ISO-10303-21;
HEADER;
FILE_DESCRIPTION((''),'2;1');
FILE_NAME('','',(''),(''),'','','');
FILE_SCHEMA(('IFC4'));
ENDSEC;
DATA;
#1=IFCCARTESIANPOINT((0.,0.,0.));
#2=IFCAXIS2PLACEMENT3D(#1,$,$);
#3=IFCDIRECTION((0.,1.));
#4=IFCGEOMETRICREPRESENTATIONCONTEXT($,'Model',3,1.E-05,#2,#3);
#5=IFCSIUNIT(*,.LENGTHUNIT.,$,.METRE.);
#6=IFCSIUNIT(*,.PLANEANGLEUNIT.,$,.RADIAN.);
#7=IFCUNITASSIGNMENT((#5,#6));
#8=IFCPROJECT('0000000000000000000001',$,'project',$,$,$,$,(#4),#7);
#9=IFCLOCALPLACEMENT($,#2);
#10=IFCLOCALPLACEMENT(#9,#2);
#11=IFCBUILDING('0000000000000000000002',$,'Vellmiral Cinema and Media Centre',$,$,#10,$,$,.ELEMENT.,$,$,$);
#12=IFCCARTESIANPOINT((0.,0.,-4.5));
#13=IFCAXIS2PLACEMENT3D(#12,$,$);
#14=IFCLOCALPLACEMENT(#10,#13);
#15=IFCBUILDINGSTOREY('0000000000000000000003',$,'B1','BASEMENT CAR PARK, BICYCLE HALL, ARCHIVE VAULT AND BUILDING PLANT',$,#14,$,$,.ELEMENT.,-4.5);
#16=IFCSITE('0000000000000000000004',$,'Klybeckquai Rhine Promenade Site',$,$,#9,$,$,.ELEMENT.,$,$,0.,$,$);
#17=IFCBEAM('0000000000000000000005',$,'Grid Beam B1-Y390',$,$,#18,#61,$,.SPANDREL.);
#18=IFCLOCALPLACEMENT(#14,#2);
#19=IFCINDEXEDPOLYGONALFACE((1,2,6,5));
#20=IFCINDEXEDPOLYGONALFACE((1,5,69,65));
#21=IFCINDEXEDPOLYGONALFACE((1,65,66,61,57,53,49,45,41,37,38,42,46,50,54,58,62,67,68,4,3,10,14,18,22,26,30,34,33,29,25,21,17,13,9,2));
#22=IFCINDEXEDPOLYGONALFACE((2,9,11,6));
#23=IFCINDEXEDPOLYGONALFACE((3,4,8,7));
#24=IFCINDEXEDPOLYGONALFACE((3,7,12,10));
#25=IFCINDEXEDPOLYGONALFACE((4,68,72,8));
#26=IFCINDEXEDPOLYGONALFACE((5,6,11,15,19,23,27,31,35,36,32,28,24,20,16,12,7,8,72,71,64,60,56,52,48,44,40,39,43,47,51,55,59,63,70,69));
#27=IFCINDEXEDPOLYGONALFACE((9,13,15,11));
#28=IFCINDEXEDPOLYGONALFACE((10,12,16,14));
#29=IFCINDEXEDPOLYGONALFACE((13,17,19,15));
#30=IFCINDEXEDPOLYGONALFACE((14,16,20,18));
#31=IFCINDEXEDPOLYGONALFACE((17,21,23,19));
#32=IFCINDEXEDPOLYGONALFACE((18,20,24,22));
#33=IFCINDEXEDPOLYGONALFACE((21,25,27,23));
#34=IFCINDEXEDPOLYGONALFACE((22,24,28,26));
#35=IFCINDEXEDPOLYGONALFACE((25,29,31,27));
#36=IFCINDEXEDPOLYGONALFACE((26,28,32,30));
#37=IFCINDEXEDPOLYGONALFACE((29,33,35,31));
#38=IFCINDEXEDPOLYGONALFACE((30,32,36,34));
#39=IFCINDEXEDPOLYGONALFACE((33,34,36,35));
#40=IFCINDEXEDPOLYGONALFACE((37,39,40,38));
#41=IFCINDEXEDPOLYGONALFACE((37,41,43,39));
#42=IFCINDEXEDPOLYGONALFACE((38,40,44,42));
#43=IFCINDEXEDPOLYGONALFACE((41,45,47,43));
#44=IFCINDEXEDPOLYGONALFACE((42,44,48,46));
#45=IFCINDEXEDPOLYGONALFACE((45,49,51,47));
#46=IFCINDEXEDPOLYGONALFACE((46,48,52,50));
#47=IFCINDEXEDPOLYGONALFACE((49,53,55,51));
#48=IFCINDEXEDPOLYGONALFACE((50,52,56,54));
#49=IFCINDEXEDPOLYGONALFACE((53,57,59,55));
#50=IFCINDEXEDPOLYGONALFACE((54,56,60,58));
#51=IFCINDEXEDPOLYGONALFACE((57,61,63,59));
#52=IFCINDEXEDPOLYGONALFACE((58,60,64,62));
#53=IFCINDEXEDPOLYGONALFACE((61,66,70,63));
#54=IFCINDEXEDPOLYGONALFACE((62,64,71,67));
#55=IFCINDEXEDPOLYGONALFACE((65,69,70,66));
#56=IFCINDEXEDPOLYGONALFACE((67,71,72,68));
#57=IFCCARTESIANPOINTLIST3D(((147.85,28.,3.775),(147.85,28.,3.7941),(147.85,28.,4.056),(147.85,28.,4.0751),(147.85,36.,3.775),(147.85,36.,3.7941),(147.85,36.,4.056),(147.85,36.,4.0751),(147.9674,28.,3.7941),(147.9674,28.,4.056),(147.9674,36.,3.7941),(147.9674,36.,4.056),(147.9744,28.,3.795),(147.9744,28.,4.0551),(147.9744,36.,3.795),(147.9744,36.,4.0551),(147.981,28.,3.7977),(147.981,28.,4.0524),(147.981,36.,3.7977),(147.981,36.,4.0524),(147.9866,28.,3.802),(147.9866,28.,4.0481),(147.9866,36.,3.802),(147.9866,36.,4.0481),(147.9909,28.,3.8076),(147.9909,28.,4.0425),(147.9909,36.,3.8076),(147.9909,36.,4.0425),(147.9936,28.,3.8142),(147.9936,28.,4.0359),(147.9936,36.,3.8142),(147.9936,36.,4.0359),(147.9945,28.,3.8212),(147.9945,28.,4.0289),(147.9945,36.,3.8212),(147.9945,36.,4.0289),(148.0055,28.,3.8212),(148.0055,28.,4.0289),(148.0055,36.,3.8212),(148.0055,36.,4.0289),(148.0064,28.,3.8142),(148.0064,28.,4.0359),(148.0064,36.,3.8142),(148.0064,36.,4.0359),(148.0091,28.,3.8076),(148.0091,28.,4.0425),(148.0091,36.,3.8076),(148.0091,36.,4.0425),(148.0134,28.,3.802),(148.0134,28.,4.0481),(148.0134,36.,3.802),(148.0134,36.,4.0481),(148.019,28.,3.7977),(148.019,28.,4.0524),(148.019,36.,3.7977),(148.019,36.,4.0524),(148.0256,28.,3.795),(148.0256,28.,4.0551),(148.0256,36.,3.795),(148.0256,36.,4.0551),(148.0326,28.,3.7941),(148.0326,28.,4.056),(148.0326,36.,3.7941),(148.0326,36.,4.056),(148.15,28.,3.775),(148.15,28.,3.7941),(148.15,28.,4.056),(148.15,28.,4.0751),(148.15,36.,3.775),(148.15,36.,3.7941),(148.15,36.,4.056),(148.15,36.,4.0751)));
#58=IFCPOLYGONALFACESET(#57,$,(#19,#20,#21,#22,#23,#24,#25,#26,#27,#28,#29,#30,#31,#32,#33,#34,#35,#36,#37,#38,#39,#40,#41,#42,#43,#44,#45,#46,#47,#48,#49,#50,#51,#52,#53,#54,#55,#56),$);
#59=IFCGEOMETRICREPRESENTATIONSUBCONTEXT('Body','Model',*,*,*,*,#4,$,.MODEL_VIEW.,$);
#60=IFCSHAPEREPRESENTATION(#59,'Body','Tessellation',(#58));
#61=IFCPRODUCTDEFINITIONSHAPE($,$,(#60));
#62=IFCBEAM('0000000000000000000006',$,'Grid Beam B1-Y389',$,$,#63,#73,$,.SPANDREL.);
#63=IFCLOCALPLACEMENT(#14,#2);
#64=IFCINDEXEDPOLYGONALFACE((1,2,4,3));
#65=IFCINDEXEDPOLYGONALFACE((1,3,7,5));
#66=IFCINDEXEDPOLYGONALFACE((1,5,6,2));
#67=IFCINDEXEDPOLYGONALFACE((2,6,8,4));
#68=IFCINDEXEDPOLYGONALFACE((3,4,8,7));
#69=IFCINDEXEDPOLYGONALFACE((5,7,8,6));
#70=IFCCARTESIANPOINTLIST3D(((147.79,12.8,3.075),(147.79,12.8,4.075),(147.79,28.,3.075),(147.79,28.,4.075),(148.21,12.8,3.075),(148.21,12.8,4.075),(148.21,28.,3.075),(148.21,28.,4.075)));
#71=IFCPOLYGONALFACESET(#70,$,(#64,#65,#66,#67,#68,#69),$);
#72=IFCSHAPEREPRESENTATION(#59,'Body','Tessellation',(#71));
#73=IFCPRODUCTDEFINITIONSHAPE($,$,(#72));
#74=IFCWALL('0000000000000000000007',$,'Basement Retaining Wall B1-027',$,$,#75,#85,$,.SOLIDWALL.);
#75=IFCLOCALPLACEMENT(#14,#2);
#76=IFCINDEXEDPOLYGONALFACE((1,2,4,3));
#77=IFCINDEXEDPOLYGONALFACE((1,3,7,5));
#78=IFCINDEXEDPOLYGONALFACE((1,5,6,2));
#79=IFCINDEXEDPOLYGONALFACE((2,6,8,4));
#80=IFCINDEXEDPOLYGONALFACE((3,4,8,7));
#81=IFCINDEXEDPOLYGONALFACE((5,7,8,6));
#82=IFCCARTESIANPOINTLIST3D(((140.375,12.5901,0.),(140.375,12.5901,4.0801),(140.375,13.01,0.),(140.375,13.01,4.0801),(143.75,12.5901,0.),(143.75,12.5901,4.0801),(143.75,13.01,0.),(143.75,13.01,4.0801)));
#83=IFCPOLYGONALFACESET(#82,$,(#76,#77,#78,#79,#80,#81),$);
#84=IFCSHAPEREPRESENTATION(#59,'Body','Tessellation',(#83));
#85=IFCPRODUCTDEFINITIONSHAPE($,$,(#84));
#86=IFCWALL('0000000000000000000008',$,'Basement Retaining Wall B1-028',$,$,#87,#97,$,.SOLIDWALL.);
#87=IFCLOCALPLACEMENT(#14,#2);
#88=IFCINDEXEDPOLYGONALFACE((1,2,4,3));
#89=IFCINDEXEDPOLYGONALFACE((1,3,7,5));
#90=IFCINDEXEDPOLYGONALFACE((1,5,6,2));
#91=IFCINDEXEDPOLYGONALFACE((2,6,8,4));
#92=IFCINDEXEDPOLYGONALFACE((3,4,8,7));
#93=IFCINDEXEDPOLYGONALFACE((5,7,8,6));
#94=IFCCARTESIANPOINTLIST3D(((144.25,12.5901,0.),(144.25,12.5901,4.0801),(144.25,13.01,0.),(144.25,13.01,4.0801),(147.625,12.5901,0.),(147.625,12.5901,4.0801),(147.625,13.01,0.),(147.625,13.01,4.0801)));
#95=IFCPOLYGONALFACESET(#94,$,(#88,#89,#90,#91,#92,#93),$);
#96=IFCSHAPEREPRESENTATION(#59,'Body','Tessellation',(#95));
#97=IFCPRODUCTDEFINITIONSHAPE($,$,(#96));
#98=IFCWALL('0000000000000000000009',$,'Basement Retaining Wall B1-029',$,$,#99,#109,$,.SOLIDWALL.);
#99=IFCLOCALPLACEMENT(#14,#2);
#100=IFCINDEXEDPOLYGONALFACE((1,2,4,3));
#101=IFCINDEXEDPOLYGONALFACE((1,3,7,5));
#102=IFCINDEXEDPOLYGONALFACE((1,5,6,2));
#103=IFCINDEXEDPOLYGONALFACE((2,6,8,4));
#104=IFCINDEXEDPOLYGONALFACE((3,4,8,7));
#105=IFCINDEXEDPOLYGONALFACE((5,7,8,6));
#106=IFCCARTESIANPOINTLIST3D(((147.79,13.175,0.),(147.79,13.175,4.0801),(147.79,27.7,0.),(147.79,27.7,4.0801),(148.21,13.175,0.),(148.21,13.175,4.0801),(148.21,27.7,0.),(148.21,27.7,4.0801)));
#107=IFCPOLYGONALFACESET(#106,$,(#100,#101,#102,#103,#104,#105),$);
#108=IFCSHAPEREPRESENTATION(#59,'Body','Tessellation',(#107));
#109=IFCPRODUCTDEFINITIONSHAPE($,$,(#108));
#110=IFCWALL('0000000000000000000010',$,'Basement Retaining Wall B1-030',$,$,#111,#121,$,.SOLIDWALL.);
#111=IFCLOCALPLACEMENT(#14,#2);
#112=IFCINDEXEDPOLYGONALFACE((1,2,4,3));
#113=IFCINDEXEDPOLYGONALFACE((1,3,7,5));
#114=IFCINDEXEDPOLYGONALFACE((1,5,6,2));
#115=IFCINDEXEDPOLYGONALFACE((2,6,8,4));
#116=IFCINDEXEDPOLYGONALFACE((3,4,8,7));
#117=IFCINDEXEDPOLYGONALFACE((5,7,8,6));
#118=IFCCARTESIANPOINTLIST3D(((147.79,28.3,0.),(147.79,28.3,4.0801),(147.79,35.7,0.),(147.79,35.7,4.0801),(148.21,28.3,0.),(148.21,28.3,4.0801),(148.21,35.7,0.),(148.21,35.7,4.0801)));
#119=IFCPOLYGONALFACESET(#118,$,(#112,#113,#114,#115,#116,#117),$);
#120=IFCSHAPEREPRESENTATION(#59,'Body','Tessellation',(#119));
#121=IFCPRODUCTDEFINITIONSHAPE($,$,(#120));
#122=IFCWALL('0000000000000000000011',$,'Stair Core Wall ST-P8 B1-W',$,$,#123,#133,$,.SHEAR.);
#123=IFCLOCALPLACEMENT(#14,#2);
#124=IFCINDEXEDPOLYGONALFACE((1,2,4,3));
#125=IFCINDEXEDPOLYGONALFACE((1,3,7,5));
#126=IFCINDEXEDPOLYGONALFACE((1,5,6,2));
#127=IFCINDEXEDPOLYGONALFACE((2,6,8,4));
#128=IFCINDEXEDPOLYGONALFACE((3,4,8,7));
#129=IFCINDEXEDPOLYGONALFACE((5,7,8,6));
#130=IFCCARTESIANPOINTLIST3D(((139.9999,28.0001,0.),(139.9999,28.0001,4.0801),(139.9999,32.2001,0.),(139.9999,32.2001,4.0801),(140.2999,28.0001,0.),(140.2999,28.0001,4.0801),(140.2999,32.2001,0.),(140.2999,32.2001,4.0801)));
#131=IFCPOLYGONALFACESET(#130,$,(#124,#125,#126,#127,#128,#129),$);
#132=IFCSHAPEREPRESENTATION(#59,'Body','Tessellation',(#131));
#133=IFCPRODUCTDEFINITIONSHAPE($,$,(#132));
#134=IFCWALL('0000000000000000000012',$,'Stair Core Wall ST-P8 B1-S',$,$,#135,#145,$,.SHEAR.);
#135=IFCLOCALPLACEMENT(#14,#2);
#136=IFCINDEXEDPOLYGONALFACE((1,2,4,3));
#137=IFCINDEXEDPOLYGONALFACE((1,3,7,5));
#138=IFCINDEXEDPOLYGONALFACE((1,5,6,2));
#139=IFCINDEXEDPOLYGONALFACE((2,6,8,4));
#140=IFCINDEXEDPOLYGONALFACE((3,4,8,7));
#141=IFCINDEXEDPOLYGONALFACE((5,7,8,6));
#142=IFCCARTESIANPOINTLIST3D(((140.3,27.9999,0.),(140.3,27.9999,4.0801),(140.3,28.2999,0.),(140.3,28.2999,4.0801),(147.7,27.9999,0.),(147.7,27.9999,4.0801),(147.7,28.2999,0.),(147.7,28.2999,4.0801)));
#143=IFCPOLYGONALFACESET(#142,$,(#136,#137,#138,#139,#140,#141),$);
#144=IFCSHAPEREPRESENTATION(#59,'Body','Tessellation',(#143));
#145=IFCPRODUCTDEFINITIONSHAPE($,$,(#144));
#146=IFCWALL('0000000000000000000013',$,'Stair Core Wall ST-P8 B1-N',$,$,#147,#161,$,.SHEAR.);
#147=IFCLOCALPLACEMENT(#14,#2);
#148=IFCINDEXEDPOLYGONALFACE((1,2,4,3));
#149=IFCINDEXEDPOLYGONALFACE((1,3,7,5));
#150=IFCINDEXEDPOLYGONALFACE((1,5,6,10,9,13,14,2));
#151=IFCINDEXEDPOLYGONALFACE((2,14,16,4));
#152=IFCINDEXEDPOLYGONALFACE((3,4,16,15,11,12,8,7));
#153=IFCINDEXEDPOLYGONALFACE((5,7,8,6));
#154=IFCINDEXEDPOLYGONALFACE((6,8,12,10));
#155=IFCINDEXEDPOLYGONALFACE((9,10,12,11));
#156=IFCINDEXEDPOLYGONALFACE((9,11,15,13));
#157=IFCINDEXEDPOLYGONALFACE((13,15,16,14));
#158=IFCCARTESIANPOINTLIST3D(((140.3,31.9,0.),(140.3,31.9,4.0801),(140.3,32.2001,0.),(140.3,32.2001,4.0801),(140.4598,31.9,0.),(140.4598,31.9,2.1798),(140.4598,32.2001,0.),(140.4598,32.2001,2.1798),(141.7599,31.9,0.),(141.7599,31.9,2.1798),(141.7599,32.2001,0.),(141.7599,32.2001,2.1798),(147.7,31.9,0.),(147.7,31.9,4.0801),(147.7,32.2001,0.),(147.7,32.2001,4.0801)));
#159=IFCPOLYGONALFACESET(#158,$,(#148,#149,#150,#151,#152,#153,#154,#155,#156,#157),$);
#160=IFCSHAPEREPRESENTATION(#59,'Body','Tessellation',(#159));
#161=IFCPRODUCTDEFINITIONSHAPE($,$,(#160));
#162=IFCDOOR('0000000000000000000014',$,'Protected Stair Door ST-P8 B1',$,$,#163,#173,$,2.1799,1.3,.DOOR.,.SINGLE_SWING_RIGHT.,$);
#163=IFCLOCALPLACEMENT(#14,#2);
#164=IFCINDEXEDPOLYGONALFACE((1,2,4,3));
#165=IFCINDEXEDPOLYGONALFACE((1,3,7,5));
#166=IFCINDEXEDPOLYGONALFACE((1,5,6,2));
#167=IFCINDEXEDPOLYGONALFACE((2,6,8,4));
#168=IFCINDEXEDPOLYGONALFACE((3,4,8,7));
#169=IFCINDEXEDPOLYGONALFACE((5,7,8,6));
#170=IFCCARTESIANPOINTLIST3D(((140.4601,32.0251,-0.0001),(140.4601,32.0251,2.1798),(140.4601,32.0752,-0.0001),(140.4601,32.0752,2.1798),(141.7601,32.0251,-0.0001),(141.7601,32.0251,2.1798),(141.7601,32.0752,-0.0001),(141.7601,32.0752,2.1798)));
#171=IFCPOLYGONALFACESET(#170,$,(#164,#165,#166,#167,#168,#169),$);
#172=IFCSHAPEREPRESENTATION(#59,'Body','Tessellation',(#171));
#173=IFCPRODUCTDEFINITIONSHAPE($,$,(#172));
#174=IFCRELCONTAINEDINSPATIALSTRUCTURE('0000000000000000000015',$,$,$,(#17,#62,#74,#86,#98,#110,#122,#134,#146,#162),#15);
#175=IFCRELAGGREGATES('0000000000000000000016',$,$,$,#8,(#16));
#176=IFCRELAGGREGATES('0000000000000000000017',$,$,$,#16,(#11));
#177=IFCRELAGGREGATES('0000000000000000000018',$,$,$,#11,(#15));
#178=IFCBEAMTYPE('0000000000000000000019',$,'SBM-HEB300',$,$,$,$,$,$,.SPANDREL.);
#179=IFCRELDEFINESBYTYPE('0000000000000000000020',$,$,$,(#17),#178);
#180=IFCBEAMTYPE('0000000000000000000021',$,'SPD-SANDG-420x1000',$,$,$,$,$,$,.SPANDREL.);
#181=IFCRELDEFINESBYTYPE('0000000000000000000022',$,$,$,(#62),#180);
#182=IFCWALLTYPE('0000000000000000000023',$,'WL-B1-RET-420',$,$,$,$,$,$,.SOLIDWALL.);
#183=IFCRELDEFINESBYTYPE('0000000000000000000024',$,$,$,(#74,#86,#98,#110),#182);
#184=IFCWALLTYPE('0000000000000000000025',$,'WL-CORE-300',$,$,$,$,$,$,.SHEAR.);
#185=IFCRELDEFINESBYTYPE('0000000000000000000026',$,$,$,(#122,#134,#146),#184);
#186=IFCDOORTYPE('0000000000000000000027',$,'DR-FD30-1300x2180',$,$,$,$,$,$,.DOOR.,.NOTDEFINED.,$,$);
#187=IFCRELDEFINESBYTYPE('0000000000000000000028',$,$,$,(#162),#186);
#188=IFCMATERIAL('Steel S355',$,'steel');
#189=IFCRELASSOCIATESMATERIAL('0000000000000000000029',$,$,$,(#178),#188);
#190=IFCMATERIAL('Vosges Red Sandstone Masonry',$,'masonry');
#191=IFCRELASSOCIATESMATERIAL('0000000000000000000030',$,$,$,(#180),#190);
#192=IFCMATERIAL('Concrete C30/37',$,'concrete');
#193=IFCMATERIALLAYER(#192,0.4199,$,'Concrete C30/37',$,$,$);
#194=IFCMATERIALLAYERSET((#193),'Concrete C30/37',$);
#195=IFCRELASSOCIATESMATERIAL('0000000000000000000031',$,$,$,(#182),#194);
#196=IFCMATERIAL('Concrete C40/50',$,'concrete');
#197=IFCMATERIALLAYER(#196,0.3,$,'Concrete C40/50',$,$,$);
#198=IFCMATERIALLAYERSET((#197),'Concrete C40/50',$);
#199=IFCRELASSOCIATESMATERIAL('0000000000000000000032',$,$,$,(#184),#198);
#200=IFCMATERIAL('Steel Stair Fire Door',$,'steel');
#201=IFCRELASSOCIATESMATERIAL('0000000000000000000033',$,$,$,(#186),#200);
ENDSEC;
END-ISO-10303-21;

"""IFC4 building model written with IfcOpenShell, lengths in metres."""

from ifc_helpers import new_model, si_unit, direction, frame, frame_2d, origin, origin_2d, place, context, subcontext, project, spatial, rectangle, i_section, extrude, material, layer, layer_set, material_profile, profile_set, type_object, element, fill, save


model = new_model("IFC4")

# Units and contexts
model_context = context("Model", 3, precision=1e-05, world=origin(), true_north=direction((0.0, 1.0)))
body_context = subcontext(model_context, "Body", "Model", "MODEL_VIEW")
ifc_project = project(units=[si_unit("LENGTHUNIT", "METRE"), si_unit("PLANEANGLEUNIT", "RADIAN")], contexts=[model_context])

# Site, building, storey
site_placement = place(None, origin())
site = spatial("IfcSite", under=ifc_project, at=site_placement, Name="Klybeckquai Rhine Promenade Site", CompositionType="ELEMENT", RefElevation=0.0)
building_placement = place(site_placement, origin())
building = spatial("IfcBuilding", under=site, at=building_placement, Name="Vellmiral Cinema and Media Centre", CompositionType="ELEMENT")
storey_placement = place(building_placement, frame((0.0, 0.0, -4.5)))
storey = spatial("IfcBuildingStorey", under=building, at=storey_placement, Name="B1", Description="BASEMENT CAR PARK, BICYCLE HALL, ARCHIVE VAULT AND BUILDING PLANT", CompositionType="ELEMENT", Elevation=-4.5)

# Beams
ifc_material_1 = material(Name="Steel S355", Category="steel")
ifc_material_profile_1 = material_profile(ifc_material_1, i_section(OverallWidth=0.3, OverallDepth=0.3, WebThickness=0.011, FlangeThickness=0.019, FilletRadius=0.0271, at=origin_2d()), Name="HEB 300")
ifc_profile_set_1 = profile_set([ifc_material_profile_1], Name="Steel S355")
beam_type_1 = type_object("IfcBeamType", Name="SBM-HEB300", PredefinedType="SPANDREL", material=ifc_profile_set_1)
beam_1_placement = place(storey_placement, frame((148.0, 28.0, 3.925), z_axis=(0.0, 1.0, 0.0), x_axis=(-1.0, 0.0, 0.0)))
element("IfcBeam", 1, at=beam_1_placement, inside=storey, type_object=beam_type_1, Name="Grid Beam B1-Y390", PredefinedType="SPANDREL", context=body_context, shape_type="SweptSolid", body=[
    extrude(i_section(OverallWidth=0.3, OverallDepth=0.3, WebThickness=0.011, FlangeThickness=0.019, FilletRadius=0.0271, at=origin_2d()), origin(), (0.0, 0.0, 1.0), 8.0),
])
ifc_material_2 = material(Name="Vosges Red Sandstone Masonry", Category="masonry")
ifc_material_profile_2 = material_profile(ifc_material_2, rectangle(XDim=0.4199, YDim=1.0, at=origin_2d()), Name="SAND 420x1000")
ifc_profile_set_2 = profile_set([ifc_material_profile_2], Name="Vosges Red Sandstone Masonry")
beam_type_2 = type_object("IfcBeamType", Name="SPD-SANDG-420x1000", PredefinedType="SPANDREL", material=ifc_profile_set_2)
beam_2_placement = place(storey_placement, frame((148.0, 12.8, 3.575), z_axis=(0.0, 1.0, 0.0), x_axis=(-1.0, 0.0, 0.0)))
element("IfcBeam", 2, at=beam_2_placement, inside=storey, type_object=beam_type_2, Name="Grid Beam B1-Y389", PredefinedType="SPANDREL", context=body_context, shape_type="SweptSolid", body=[
    extrude(rectangle(XDim=0.4199, YDim=1.0, at=origin_2d()), origin(), (0.0, 0.0, 1.0), 15.2),
])

# Walls
ifc_material_3 = material(Name="Concrete C30/37", Category="concrete")
ifc_layer_1 = layer(ifc_material_3, 0.4199, Name="Concrete C30/37")
ifc_layer_set_1 = layer_set([ifc_layer_1], Name="Concrete C30/37")
wall_type_1 = type_object("IfcWallType", Name="WL-B1-RET-420", PredefinedType="SOLIDWALL", material=ifc_layer_set_1)
for number, where, z_axis, x_axis, name in (
    (3, (140.375, 12.8, 0.0), (0.0, 0.0, 1.0), (1.0, 0.0, 0.0), "Basement Retaining Wall B1-027"),
    (4, (144.25, 12.8, 0.0), (0.0, 0.0, 1.0), (1.0, 0.0, 0.0), "Basement Retaining Wall B1-028"),
):
    element("IfcWall", number, at=place(storey_placement, frame(where, z_axis=z_axis, x_axis=x_axis)), inside=storey, type_object=wall_type_1, Name=name, PredefinedType="SOLIDWALL", context=body_context, shape_type="SweptSolid", body=[
        extrude(rectangle(XDim=3.375, YDim=0.4199, at=frame_2d((1.6875, 0.0))), origin(), (0.0, 0.0, 1.0), 4.0801),
    ])
wall_1_placement = place(storey_placement, frame((148.0, 13.175, 0.0), z_axis=(0.0, 0.0, 1.0), x_axis=(0.0, 1.0, 0.0)))
element("IfcWall", 5, at=wall_1_placement, inside=storey, type_object=wall_type_1, Name="Basement Retaining Wall B1-029", PredefinedType="SOLIDWALL", context=body_context, shape_type="SweptSolid", body=[
    extrude(rectangle(XDim=14.5249, YDim=0.4199, at=frame_2d((7.2625, 0.0))), origin(), (0.0, 0.0, 1.0), 4.0801),
])
wall_2_placement = place(storey_placement, frame((148.0, 28.3, 0.0), z_axis=(0.0, 0.0, 1.0), x_axis=(0.0, 1.0, 0.0)))
element("IfcWall", 6, at=wall_2_placement, inside=storey, type_object=wall_type_1, Name="Basement Retaining Wall B1-030", PredefinedType="SOLIDWALL", context=body_context, shape_type="SweptSolid", body=[
    extrude(rectangle(XDim=7.3999, YDim=0.4199, at=frame_2d((3.7, 0.0))), origin(), (0.0, 0.0, 1.0), 4.0801),
])
ifc_material_4 = material(Name="Concrete C40/50", Category="concrete")
ifc_layer_2 = layer(ifc_material_4, 0.3, Name="Concrete C40/50")
ifc_layer_set_2 = layer_set([ifc_layer_2], Name="Concrete C40/50")
wall_type_2 = type_object("IfcWallType", Name="WL-CORE-300", PredefinedType="SHEAR", material=ifc_layer_set_2)
wall_3_placement = place(storey_placement, frame((140.1499, 28.0, 0.0), z_axis=(0.0, 0.0, 1.0), x_axis=(0.0, 1.0, 0.0)))
element("IfcWall", 7, at=wall_3_placement, inside=storey, type_object=wall_type_2, Name="Stair Core Wall ST-P8 B1-W", PredefinedType="SHEAR", context=body_context, shape_type="SweptSolid", body=[
    extrude(rectangle(XDim=4.2, YDim=0.3, at=frame_2d((2.1001, 0.0))), origin(), (0.0, 0.0, 1.0), 4.0801),
])
wall_4_placement = place(storey_placement, frame((140.3, 28.1499, 0.0), z_axis=(0.0, 0.0, 1.0), x_axis=(1.0, 0.0, 0.0)))
element("IfcWall", 8, at=wall_4_placement, inside=storey, type_object=wall_type_2, Name="Stair Core Wall ST-P8 B1-S", PredefinedType="SHEAR", context=body_context, shape_type="SweptSolid", body=[
    extrude(rectangle(XDim=7.3999, YDim=0.3, at=frame_2d((3.7, 0.0))), origin(), (0.0, 0.0, 1.0), 4.0801),
])

# Wall, opening, door
wall_5_placement = place(storey_placement, frame((140.3, 32.05, 0.0), z_axis=(0.0, 0.0, 1.0), x_axis=(1.0, 0.0, 0.0)))
wall_5 = element("IfcWall", 9, at=wall_5_placement, inside=storey, type_object=wall_type_2, Name="Stair Core Wall ST-P8 B1-N", PredefinedType="SHEAR", context=body_context, shape_type="SweptSolid", body=[
    extrude(rectangle(XDim=7.3999, YDim=0.3, at=frame_2d((3.7, 0.0))), origin(), (0.0, 0.0, 1.0), 4.0801),
])
opening_placement = place(wall_5_placement, frame((0.1599, 0.0, 0.0)))
opening = element("IfcOpeningElement", 10, at=opening_placement, cuts=wall_5, PredefinedType="OPENING", context=body_context, shape_type="SweptSolid", body=[
    extrude(rectangle(XDim=1.3, YDim=2.1799, at=frame_2d((0.6499, 1.0898))), frame((0.0, 0.1621, 0.0), z_axis=(0.0, -1.0, 0.0), x_axis=(1.0, 0.0, 0.0)), (0.0, 0.0, 1.0), 0.324),
])
ifc_material_5 = material(Name="Steel Stair Fire Door", Category="steel")
door_type = type_object("IfcDoorType", Name="DR-FD30-1300x2180", OperationType="NOTDEFINED", PredefinedType="DOOR", material=ifc_material_5)
door_placement = place(opening_placement, frame((1.3, 0.0, 0.0), z_axis=(0.0, 0.0, 1.0), x_axis=(-1.0, 0.0, 0.0)))
door = element("IfcDoor", 11, at=door_placement, inside=storey, type_object=door_type, Name="Protected Stair Door ST-P8 B1", OperationType="SINGLE_SWING_RIGHT", OverallHeight=2.1799, OverallWidth=1.3, PredefinedType="DOOR", context=body_context, shape_type="SweptSolid", body=[
    extrude(rectangle(XDim=1.3, YDim=2.1799, at=frame_2d((0.6499, 1.0898))), frame((0.0, 0.0249, 0.0), z_axis=(0.0, -1.0, 0.0), x_axis=(1.0, 0.0, 0.0)), (0.0, 0.0, 1.0), 0.05),
])
fill(opening, door)

save(model, "model.ifc")
